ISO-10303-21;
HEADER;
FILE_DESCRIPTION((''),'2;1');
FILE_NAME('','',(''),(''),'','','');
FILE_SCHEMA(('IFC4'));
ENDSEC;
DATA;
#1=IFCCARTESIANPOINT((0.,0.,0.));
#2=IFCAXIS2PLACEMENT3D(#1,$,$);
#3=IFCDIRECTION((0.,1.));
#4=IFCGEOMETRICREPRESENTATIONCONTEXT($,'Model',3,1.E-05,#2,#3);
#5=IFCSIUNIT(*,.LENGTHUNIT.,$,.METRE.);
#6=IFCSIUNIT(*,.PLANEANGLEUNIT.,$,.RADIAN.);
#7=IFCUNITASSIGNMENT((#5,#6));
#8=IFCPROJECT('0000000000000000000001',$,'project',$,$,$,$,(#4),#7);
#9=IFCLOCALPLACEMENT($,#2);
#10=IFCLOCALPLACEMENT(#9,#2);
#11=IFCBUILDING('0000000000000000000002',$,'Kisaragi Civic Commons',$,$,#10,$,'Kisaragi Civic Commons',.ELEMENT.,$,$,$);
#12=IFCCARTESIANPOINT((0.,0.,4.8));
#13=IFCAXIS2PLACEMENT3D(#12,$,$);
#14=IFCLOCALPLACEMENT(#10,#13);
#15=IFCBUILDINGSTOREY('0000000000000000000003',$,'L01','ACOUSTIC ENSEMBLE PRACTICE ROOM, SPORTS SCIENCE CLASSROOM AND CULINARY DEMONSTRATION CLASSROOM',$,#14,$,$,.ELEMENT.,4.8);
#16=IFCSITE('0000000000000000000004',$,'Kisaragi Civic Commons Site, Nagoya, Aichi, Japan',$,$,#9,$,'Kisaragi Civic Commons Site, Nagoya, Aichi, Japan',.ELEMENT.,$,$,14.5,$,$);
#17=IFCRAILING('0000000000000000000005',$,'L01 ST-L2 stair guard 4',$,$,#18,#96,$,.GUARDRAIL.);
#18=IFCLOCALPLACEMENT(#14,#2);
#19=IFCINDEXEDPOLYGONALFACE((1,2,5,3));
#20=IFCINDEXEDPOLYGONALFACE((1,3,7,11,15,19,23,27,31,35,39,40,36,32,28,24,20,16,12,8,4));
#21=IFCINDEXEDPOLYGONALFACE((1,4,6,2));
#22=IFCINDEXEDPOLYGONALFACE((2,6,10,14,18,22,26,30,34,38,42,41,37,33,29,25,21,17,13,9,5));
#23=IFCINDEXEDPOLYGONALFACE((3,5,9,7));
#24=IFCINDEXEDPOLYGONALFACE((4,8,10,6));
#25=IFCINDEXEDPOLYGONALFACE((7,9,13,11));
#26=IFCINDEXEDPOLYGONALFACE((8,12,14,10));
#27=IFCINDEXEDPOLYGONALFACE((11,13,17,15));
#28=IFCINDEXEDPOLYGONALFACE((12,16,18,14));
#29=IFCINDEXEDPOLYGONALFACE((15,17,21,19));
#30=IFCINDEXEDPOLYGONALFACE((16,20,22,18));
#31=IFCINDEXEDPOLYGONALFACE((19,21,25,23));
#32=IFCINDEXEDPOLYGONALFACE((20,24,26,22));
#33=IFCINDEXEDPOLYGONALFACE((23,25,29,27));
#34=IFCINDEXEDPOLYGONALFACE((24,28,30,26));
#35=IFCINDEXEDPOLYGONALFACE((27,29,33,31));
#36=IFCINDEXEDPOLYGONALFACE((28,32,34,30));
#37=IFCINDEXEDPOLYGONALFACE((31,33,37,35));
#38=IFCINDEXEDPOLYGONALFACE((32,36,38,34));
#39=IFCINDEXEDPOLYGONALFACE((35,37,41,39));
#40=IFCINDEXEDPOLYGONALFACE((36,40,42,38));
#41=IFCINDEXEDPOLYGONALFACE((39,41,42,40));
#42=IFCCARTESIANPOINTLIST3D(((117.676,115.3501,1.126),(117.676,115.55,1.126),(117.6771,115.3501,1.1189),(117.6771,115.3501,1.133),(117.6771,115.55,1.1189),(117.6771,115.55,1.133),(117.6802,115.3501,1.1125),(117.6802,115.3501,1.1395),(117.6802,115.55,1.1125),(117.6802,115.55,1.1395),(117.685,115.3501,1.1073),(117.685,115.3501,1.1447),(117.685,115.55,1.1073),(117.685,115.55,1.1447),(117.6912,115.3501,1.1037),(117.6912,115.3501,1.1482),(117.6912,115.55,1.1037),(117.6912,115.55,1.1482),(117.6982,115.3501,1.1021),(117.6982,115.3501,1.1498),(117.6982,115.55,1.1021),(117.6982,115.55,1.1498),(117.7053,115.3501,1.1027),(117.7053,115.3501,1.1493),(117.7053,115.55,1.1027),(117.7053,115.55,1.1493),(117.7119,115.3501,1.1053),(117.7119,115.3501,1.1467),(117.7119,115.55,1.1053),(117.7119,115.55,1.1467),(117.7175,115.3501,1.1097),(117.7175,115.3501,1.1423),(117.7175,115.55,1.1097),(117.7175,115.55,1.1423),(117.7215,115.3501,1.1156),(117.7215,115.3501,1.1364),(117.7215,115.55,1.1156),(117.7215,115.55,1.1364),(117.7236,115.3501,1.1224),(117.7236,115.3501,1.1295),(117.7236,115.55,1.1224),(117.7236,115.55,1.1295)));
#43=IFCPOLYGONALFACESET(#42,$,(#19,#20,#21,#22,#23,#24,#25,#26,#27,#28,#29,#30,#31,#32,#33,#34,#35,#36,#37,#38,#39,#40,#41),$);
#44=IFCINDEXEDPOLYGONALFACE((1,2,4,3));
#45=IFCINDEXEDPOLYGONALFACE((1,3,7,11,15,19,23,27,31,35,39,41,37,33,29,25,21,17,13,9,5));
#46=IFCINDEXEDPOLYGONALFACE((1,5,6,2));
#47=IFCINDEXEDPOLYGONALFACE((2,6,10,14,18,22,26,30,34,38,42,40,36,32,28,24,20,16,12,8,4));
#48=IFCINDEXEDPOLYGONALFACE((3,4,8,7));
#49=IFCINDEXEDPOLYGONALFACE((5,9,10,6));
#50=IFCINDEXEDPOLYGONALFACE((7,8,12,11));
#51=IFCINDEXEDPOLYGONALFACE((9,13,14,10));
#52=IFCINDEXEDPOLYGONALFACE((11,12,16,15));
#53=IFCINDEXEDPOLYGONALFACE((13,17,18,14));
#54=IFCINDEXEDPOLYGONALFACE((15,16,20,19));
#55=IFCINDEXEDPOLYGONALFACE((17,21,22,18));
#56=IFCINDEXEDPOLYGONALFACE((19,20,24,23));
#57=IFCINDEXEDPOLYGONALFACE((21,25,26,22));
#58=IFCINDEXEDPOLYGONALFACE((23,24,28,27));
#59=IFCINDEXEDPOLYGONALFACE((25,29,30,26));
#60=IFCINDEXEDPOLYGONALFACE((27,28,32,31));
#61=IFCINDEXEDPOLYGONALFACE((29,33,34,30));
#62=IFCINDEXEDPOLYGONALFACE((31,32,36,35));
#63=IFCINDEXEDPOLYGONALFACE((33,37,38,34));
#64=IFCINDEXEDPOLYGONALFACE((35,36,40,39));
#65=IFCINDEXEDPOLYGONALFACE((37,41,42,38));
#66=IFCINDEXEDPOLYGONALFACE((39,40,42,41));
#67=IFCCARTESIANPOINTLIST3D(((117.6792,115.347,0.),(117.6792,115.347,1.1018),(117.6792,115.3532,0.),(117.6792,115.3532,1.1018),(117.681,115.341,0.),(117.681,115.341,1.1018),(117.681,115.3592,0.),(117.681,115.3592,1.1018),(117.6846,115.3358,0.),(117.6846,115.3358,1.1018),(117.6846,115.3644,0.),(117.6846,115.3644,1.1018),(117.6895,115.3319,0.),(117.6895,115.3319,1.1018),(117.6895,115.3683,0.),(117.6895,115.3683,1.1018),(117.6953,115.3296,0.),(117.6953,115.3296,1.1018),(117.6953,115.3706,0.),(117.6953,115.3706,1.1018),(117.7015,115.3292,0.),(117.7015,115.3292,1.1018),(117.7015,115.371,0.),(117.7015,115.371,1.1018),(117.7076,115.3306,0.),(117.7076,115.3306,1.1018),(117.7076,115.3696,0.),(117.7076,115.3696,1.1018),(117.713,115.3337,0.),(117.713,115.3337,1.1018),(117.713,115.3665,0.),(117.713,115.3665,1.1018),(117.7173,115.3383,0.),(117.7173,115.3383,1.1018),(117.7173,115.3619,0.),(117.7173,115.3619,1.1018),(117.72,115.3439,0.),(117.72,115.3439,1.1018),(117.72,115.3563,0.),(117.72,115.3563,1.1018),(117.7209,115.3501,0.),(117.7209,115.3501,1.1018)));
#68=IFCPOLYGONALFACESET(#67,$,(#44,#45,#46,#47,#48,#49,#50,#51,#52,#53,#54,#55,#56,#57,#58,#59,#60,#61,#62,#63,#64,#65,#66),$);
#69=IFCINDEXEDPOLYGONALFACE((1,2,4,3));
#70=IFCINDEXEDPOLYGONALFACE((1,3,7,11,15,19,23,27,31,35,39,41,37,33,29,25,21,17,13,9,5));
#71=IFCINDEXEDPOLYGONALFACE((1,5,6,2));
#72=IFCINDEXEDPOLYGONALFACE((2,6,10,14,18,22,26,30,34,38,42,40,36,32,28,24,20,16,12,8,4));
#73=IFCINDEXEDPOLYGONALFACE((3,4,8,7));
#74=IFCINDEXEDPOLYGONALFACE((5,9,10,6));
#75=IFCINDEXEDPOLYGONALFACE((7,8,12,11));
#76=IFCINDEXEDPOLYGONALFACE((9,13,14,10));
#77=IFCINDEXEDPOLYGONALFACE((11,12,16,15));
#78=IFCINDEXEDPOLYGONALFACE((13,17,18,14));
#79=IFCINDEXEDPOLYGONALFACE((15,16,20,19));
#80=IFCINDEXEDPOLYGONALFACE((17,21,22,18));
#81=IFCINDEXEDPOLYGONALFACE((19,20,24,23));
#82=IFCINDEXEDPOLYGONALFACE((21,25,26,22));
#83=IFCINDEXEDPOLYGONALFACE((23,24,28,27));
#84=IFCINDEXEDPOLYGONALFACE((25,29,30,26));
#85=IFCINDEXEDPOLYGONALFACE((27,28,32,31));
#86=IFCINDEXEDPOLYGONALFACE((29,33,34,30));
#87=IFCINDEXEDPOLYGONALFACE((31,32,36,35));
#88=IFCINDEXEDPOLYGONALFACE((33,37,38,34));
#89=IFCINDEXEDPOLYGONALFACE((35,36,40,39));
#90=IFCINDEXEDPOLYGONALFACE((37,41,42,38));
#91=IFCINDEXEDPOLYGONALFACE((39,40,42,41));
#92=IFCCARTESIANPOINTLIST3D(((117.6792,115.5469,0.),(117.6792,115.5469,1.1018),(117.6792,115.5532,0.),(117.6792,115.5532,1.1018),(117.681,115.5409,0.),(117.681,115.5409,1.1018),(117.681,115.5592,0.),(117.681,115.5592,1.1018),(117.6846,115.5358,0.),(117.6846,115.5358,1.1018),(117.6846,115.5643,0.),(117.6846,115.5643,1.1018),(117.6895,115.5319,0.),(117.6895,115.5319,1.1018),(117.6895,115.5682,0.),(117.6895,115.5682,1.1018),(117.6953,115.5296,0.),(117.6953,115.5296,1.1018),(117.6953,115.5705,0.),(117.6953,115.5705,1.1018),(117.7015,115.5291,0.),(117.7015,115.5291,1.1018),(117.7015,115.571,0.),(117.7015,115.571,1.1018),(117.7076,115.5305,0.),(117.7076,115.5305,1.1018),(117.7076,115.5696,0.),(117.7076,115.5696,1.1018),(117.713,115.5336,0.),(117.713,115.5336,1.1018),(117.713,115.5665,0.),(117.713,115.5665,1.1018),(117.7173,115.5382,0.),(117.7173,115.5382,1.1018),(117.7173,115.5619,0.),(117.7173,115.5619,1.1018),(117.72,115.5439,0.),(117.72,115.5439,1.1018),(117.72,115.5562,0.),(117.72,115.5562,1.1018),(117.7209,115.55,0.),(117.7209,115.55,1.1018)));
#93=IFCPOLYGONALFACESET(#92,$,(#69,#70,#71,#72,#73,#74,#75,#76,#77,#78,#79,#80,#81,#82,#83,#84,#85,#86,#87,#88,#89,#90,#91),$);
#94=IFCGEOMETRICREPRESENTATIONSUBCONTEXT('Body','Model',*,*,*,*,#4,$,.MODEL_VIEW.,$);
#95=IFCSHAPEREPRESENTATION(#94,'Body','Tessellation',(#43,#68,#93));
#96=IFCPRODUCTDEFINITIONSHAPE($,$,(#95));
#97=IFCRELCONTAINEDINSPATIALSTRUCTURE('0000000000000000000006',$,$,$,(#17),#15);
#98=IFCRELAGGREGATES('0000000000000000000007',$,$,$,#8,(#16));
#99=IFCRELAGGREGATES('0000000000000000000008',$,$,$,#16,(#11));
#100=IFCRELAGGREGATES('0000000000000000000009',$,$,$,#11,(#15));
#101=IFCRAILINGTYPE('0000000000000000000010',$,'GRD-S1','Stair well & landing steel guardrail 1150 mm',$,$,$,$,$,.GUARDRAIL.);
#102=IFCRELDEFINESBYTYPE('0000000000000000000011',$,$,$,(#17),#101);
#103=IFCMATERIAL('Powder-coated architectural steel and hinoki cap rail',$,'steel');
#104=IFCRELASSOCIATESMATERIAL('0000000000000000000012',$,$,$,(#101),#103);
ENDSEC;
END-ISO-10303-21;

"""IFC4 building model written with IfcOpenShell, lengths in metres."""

from ifc_helpers import new_model, si_unit, direction, frame, origin, origin_2d, place, context, subcontext, project, spatial, circle, extrude, material, type_object, element, save


model = new_model("IFC4")

# Units and contexts
model_context = context("Model", 3, precision=1e-05, world=origin(), true_north=direction((0.0, 1.0)))
body_context = subcontext(model_context, "Body", "Model", "MODEL_VIEW")
ifc_project = project(units=[si_unit("LENGTHUNIT", "METRE"), si_unit("PLANEANGLEUNIT", "RADIAN")], contexts=[model_context])

# Site, building, storey
site_placement = place(None, origin())
site = spatial("IfcSite", under=ifc_project, at=site_placement, Name="Kisaragi Civic Commons Site, Nagoya, Aichi, Japan", LongName="Kisaragi Civic Commons Site, Nagoya, Aichi, Japan", CompositionType="ELEMENT", RefElevation=14.5)
building_placement = place(site_placement, origin())
building = spatial("IfcBuilding", under=site, at=building_placement, Name="Kisaragi Civic Commons", LongName="Kisaragi Civic Commons", CompositionType="ELEMENT")
storey_placement = place(building_placement, frame((0.0, 0.0, 4.8)))
storey = spatial("IfcBuildingStorey", under=building, at=storey_placement, Name="L01", Description="ACOUSTIC ENSEMBLE PRACTICE ROOM, SPORTS SCIENCE CLASSROOM AND CULINARY DEMONSTRATION CLASSROOM", CompositionType="ELEMENT", Elevation=4.8)

# Railing
ifc_material_1 = material(Name="Powder-coated architectural steel and hinoki cap rail", Category="steel")
railing_type_1 = type_object("IfcRailingType", Name="GRD-S1", Description="Stair well & landing steel guardrail 1150 mm", PredefinedType="GUARDRAIL", material=ifc_material_1)
railing_1_placement = place(storey_placement, frame((117.7, 115.3501, 0.0)))
element("IfcRailing", 1, at=railing_1_placement, inside=storey, type_object=railing_type_1, Name="L01 ST-L2 stair guard 4", PredefinedType="GUARDRAIL", context=body_context, shape_type="SweptSolid", body=[
    extrude(circle(Radius=0.0239, at=origin_2d()), frame((0.0, 0.0, 1.126), z_axis=(0.0, 1.0, 0.0), x_axis=(-1.0, 0.0, 0.0)), (0.0, 0.0, 1.0), 0.2),
    extrude(circle(Radius=0.021, at=origin_2d()), origin(), (0.0, 0.0, 1.0), 1.1018),
    extrude(circle(Radius=0.021, at=origin_2d()), frame((0.0, 0.2, 0.0)), (0.0, 0.0, 1.0), 1.1018),
])

save(model, "model.ifc")
